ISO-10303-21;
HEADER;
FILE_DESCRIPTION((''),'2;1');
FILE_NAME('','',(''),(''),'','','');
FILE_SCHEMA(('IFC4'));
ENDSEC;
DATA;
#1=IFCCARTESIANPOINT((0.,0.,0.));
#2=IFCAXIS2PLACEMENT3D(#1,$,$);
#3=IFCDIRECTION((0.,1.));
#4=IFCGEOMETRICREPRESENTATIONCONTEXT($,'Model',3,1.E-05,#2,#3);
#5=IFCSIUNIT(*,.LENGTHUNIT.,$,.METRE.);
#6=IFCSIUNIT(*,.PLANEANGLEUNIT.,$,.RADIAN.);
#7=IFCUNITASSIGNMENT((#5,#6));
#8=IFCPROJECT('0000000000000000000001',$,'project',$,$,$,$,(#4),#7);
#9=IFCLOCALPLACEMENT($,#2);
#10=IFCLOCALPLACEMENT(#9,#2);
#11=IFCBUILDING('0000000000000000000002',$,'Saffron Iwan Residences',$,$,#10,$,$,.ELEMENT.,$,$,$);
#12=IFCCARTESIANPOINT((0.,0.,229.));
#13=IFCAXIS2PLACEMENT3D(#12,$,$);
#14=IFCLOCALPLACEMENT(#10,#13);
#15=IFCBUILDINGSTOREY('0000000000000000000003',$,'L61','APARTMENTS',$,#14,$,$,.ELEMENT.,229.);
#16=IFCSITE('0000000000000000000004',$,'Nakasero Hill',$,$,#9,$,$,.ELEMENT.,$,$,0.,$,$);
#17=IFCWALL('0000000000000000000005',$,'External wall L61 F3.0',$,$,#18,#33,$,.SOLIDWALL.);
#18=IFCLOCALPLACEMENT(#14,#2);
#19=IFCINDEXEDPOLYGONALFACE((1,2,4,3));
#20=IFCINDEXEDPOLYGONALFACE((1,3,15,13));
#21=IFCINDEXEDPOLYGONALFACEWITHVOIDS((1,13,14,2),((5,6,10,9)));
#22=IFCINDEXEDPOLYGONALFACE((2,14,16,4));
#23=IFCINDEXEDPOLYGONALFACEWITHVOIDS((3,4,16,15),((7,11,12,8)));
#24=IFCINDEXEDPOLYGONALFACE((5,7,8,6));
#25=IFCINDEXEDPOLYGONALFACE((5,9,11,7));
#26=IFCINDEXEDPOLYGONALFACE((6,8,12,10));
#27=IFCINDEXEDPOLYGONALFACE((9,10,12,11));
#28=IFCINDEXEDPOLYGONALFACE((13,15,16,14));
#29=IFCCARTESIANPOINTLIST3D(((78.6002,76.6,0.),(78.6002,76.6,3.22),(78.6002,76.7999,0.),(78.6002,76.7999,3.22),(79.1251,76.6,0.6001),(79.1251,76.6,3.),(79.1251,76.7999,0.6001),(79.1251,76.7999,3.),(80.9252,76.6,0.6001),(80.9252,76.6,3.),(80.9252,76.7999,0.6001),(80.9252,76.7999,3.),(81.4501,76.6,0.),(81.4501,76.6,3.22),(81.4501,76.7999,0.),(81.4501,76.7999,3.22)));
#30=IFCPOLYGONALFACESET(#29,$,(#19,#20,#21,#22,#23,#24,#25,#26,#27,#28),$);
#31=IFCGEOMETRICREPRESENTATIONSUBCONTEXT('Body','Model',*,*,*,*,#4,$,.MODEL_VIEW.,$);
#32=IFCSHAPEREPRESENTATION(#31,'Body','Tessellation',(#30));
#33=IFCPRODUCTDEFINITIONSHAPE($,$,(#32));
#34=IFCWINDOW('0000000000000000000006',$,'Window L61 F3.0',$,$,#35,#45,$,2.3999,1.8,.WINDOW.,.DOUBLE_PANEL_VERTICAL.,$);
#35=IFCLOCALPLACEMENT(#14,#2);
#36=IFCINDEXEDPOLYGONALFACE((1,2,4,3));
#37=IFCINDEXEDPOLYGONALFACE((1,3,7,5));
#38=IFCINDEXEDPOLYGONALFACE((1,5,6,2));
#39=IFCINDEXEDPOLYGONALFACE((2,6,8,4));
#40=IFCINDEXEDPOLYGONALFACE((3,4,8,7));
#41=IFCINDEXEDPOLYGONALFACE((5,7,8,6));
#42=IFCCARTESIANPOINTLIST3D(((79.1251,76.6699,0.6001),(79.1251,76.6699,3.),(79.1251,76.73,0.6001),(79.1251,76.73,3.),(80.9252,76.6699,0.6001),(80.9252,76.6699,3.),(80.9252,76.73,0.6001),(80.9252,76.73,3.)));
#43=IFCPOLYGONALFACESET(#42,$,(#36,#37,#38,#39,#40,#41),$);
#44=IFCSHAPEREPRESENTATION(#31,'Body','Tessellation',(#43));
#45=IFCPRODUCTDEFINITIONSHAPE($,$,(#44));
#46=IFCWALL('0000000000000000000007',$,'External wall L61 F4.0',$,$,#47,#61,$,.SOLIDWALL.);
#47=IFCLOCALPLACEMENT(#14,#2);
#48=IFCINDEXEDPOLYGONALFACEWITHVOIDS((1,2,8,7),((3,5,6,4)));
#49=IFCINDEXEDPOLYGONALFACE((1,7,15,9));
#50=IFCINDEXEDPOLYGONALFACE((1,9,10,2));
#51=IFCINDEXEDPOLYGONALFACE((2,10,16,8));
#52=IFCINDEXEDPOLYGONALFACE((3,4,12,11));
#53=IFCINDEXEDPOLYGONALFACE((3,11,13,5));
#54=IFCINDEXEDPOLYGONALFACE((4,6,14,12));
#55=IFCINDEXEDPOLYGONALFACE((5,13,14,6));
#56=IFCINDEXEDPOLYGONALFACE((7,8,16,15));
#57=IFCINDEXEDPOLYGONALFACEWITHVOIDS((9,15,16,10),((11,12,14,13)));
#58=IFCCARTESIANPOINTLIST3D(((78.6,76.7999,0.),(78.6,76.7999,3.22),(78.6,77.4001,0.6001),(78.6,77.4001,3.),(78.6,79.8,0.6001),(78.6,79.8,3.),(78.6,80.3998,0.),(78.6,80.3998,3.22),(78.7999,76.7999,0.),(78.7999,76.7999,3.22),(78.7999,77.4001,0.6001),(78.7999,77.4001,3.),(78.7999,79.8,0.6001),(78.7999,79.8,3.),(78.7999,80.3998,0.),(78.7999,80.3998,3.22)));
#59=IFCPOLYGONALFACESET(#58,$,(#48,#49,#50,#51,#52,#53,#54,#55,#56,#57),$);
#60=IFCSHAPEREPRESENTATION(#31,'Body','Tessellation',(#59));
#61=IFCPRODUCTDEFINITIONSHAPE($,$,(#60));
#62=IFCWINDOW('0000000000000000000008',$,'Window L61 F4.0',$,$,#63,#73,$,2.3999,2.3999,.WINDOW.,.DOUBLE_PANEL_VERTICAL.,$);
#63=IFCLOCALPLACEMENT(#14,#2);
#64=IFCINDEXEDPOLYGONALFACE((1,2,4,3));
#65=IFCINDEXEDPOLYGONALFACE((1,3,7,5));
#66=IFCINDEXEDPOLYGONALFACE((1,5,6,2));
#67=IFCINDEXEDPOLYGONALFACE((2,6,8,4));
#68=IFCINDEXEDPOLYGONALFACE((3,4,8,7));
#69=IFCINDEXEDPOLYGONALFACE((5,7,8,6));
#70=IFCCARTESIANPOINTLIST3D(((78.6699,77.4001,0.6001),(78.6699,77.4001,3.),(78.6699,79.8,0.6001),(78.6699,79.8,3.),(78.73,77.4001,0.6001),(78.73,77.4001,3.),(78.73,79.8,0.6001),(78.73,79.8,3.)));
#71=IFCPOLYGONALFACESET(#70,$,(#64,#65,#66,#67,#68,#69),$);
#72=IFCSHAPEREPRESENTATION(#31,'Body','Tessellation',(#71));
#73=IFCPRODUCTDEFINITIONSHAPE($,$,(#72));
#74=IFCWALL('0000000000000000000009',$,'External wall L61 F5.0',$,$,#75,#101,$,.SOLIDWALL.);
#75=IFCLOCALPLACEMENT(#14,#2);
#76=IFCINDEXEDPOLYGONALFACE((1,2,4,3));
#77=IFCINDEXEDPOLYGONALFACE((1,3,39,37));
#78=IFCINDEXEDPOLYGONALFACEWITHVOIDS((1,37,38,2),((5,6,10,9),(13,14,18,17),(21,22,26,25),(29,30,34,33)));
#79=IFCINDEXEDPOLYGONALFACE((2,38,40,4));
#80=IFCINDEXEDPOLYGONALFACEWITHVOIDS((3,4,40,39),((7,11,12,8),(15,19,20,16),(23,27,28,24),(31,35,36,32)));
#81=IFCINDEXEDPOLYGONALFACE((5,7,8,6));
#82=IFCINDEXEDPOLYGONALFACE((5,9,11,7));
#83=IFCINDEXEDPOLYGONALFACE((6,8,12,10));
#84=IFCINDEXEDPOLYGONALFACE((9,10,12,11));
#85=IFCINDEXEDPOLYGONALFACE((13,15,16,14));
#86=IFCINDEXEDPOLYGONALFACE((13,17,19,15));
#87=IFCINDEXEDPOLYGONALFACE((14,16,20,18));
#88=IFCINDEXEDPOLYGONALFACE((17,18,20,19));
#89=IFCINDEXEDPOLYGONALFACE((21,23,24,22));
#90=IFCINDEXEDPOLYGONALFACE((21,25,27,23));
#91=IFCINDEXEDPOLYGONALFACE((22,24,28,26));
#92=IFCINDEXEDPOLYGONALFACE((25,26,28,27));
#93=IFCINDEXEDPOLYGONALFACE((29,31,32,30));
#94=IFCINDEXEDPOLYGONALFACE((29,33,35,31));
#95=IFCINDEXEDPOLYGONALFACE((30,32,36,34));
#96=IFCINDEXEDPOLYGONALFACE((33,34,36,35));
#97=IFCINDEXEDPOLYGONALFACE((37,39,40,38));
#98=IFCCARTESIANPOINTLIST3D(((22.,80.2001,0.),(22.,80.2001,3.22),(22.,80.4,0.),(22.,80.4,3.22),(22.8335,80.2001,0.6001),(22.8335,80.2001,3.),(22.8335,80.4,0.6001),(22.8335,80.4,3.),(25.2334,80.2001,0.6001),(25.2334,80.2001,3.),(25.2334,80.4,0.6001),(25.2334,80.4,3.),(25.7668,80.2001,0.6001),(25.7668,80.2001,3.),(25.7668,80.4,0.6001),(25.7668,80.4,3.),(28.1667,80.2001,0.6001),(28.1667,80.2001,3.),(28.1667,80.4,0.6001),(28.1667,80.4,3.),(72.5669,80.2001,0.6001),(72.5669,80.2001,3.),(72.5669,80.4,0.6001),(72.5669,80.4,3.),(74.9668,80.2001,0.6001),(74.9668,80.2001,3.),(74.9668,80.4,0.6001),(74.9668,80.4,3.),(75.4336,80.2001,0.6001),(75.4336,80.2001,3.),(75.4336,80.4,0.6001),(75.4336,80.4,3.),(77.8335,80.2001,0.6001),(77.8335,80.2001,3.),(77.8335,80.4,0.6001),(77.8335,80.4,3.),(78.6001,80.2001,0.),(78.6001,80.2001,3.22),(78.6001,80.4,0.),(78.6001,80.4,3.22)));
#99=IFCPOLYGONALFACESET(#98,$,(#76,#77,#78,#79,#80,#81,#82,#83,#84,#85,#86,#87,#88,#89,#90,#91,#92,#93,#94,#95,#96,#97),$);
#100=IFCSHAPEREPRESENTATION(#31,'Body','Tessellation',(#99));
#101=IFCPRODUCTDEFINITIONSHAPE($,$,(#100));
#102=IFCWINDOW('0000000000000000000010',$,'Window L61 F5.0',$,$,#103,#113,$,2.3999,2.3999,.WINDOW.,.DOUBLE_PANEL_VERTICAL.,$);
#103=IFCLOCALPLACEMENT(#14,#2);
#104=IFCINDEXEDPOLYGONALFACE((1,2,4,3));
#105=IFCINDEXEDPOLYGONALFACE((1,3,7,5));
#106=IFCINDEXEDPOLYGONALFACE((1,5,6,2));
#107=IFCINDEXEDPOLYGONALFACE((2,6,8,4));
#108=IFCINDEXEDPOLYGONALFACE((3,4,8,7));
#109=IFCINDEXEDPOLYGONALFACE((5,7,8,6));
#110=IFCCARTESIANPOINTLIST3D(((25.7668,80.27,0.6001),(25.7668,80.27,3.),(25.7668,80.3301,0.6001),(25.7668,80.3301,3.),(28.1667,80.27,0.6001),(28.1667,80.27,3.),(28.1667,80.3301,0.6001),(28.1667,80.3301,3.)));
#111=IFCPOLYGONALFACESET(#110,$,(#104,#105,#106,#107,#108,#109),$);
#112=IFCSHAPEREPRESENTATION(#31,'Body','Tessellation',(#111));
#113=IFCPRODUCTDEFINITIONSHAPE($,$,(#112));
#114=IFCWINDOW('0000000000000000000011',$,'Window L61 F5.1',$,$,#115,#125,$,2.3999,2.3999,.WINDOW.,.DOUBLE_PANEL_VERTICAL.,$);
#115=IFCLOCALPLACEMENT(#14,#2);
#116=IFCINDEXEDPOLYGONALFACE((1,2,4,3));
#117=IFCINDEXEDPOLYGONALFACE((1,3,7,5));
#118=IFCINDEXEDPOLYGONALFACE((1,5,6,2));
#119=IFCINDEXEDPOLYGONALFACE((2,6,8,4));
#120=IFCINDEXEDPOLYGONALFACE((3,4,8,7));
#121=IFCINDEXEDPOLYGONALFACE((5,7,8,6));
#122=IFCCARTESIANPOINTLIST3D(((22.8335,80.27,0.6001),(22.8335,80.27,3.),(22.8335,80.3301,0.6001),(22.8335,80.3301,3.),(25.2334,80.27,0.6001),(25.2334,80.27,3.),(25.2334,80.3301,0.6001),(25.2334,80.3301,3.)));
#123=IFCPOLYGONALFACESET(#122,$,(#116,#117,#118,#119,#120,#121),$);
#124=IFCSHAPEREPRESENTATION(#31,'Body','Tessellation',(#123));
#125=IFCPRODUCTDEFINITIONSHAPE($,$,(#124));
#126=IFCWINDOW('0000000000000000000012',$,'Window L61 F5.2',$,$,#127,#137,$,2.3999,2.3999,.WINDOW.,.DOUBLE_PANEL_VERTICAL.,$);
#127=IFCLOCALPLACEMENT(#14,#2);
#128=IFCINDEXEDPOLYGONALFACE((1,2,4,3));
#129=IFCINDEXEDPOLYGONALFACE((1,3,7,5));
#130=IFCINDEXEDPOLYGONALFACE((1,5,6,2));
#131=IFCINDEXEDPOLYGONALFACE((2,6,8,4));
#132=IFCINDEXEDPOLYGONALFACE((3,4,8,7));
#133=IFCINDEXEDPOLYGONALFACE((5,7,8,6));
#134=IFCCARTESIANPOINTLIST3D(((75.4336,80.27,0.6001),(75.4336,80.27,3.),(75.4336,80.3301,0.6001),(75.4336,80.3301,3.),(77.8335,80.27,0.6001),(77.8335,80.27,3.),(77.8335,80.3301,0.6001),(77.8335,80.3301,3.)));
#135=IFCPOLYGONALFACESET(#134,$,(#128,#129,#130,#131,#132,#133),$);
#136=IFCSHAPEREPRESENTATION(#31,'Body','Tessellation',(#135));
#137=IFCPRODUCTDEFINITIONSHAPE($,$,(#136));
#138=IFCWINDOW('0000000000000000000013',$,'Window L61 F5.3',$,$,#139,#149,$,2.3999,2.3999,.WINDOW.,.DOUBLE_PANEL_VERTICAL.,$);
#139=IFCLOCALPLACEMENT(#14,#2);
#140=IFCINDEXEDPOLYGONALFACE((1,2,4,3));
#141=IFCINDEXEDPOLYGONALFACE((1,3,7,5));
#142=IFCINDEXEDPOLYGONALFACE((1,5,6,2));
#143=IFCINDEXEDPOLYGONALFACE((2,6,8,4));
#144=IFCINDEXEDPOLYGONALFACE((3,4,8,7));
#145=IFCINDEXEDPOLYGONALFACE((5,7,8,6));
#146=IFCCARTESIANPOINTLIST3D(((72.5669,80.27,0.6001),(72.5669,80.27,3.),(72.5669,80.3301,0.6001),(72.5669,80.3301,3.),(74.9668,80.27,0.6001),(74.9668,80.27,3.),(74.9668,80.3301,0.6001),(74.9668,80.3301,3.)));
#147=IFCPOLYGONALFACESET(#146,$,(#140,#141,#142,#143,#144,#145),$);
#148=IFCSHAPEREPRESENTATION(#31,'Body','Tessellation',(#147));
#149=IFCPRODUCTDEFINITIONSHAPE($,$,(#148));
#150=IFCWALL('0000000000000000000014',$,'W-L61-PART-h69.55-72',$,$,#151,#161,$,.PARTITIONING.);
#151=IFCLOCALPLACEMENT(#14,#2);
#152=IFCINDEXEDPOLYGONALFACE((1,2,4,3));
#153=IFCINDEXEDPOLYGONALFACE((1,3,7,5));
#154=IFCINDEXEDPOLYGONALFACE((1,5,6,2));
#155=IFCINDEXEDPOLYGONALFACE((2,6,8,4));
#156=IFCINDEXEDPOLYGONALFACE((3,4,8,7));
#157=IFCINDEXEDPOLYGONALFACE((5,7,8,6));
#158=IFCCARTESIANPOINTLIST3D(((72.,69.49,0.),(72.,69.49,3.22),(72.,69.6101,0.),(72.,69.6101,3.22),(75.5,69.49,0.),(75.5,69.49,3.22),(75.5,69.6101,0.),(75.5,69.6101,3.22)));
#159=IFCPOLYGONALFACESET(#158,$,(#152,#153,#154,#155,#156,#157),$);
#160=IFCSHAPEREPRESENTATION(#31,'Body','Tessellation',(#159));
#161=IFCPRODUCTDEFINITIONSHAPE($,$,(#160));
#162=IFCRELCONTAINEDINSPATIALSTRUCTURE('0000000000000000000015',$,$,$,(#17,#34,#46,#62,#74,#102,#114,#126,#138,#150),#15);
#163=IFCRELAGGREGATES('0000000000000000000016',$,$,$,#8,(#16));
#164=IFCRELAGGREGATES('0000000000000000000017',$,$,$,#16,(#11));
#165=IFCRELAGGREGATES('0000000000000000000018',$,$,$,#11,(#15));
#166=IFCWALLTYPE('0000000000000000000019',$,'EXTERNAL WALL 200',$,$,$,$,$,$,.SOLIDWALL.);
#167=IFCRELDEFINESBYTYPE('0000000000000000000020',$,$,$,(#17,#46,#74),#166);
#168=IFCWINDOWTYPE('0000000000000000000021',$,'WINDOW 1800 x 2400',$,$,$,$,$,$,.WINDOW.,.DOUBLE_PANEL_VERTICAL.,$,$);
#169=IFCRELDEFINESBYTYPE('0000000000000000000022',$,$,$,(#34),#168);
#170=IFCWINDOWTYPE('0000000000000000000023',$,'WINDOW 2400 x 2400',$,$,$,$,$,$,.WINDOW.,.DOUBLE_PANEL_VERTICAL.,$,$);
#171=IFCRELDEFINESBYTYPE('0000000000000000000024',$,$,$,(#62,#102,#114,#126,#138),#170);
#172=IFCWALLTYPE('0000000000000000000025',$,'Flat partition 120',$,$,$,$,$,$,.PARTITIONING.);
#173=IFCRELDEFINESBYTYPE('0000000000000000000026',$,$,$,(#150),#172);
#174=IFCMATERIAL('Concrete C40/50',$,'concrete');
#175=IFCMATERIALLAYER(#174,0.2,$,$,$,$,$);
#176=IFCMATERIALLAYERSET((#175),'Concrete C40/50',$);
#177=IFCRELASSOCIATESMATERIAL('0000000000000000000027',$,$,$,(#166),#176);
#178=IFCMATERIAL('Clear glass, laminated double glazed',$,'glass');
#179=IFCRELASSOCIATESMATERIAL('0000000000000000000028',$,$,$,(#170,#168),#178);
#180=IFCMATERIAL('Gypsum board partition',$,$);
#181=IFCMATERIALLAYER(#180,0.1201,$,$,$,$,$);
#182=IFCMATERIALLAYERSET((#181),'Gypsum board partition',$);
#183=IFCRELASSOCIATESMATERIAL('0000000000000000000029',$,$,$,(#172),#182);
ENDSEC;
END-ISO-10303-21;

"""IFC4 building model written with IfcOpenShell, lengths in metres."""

from ifc_helpers import new_model, si_unit, direction, frame, frame_2d, origin, place, context, subcontext, project, spatial, rectangle, extrude, material, layer, layer_set, type_object, element, fill, save


model = new_model("IFC4")

# Units and contexts
model_context = context("Model", 3, precision=1e-05, world=origin(), true_north=direction((0.0, 1.0)))
body_context = subcontext(model_context, "Body", "Model", "MODEL_VIEW")
ifc_project = project(units=[si_unit("LENGTHUNIT", "METRE"), si_unit("PLANEANGLEUNIT", "RADIAN")], contexts=[model_context])

# Site, building, storey
site_placement = place(None, origin())
site = spatial("IfcSite", under=ifc_project, at=site_placement, Name="Nakasero Hill", CompositionType="ELEMENT", RefElevation=0.0)
building_placement = place(site_placement, origin())
building = spatial("IfcBuilding", under=site, at=building_placement, Name="Saffron Iwan Residences", CompositionType="ELEMENT")
storey_placement = place(building_placement, frame((0.0, 0.0, 229.0)))
storey = spatial("IfcBuildingStorey", under=building, at=storey_placement, Name="L61", Description="APARTMENTS", CompositionType="ELEMENT", Elevation=229.0)

# Shared definitions
ifc_material_1 = material(Name="Concrete C40/50", Category="concrete")

# Shared definitions
ifc_layer_1 = layer(ifc_material_1, 0.2)
ifc_layer_set_1 = layer_set([ifc_layer_1], Name="Concrete C40/50")
wall_type_1 = type_object("IfcWallType", Name="EXTERNAL WALL 200", PredefinedType="SOLIDWALL", material=ifc_layer_set_1)
ifc_material_2 = material(Name="Clear glass, laminated double glazed", Category="glass")
window_type_1 = type_object("IfcWindowType", Name="WINDOW 2400 x 2400", PartitioningType="DOUBLE_PANEL_VERTICAL", PredefinedType="WINDOW", material=ifc_material_2)

# Walls, openings, windows
wall_1_placement = place(storey_placement, frame((81.45, 76.7, 0.0), z_axis=(0.0, 0.0, 1.0), x_axis=(-1.0, 0.0, 0.0)))
wall_1 = element("IfcWall", 1, at=wall_1_placement, inside=storey, type_object=wall_type_1, Name="External wall L61 F3.0", PredefinedType="SOLIDWALL", context=body_context, shape_type="SweptSolid", body=[
    extrude(rectangle(XDim=2.8499, YDim=0.2, at=frame_2d((1.4248, 0.0))), origin(), (0.0, 0.0, 1.0), 3.22),
])
opening_1_placement = place(wall_1_placement, frame((0.5249, 0.0, 0.6001)))
opening_1 = element("IfcOpeningElement", 2, at=opening_1_placement, cuts=wall_1, PredefinedType="OPENING", context=body_context, shape_type="SweptSolid", body=[
    extrude(rectangle(XDim=1.8, YDim=2.3999, at=frame_2d((0.8999, 1.2))), frame((0.0, 0.1099, 0.0), z_axis=(0.0, -1.0, 0.0), x_axis=(1.0, 0.0, 0.0)), (0.0, 0.0, 1.0), 0.22),
])
window_type_2 = type_object("IfcWindowType", Name="WINDOW 1800 x 2400", PartitioningType="DOUBLE_PANEL_VERTICAL", PredefinedType="WINDOW", material=ifc_material_2)
window_1_placement = place(opening_1_placement, origin())
window_1 = element("IfcWindow", 3, at=window_1_placement, inside=storey, type_object=window_type_2, Name="Window L61 F3.0", OverallHeight=2.3999, OverallWidth=1.8, PartitioningType="DOUBLE_PANEL_VERTICAL", PredefinedType="WINDOW", context=body_context, shape_type="SweptSolid", body=[
    extrude(rectangle(XDim=1.8, YDim=2.3999, at=frame_2d((0.8999, 1.2))), frame((0.0, 0.03, 0.0), z_axis=(0.0, -1.0, 0.0), x_axis=(1.0, 0.0, 0.0)), (0.0, 0.0, 1.0), 0.0601),
])
fill(opening_1, window_1)
wall_2_placement = place(storey_placement, frame((78.7, 76.8, 0.0), z_axis=(0.0, 0.0, 1.0), x_axis=(0.0, 1.0, 0.0)))
wall_2 = element("IfcWall", 4, at=wall_2_placement, inside=storey, type_object=wall_type_1, Name="External wall L61 F4.0", PredefinedType="SOLIDWALL", context=body_context, shape_type="SweptSolid", body=[
    extrude(rectangle(XDim=3.5999, YDim=0.2, at=frame_2d((1.7998, 0.0))), origin(), (0.0, 0.0, 1.0), 3.22),
])
opening_2_placement = place(wall_2_placement, frame((0.6001, 0.0, 0.6001)))
opening_2 = element("IfcOpeningElement", 5, at=opening_2_placement, cuts=wall_2, PredefinedType="OPENING", context=body_context, shape_type="SweptSolid", body=[
    extrude(rectangle(XDim=2.3999, YDim=2.3999, at=frame_2d((1.2, 1.2))), frame((0.0, 0.1099, 0.0), z_axis=(0.0, -1.0, 0.0), x_axis=(1.0, 0.0, 0.0)), (0.0, 0.0, 1.0), 0.22),
])
window_2_placement = place(opening_2_placement, origin())
window_2 = element("IfcWindow", 6, at=window_2_placement, inside=storey, type_object=window_type_1, Name="Window L61 F4.0", OverallHeight=2.3999, OverallWidth=2.3999, PartitioningType="DOUBLE_PANEL_VERTICAL", PredefinedType="WINDOW", context=body_context, shape_type="SweptSolid", body=[
    extrude(rectangle(XDim=2.3999, YDim=2.3999, at=frame_2d((1.2, 1.2))), frame((0.0, 0.03, 0.0), z_axis=(0.0, -1.0, 0.0), x_axis=(1.0, 0.0, 0.0)), (0.0, 0.0, 1.0), 0.0601),
])
fill(opening_2, window_2)

# Wall, openings, windows
wall_3_placement = place(storey_placement, frame((78.6001, 80.3, 0.0), z_axis=(0.0, 0.0, 1.0), x_axis=(-1.0, 0.0, 0.0)))
wall_3 = element("IfcWall", 7, at=wall_3_placement, inside=storey, type_object=wall_type_1, Name="External wall L61 F5.0", PredefinedType="SOLIDWALL", context=body_context, shape_type="SweptSolid", body=[
    extrude(rectangle(XDim=56.6001, YDim=0.2, at=frame_2d((28.3, 0.0))), origin(), (0.0, 0.0, 1.0), 3.22),
])
opening_3_placement = place(wall_3_placement, frame((50.4333, 0.0, 0.6001)))
opening_3 = element("IfcOpeningElement", 8, at=opening_3_placement, cuts=wall_3, PredefinedType="OPENING", context=body_context, shape_type="SweptSolid", body=[
    extrude(rectangle(XDim=2.3999, YDim=2.3999, at=frame_2d((1.2, 1.2))), frame((0.0, 0.1099, 0.0), z_axis=(0.0, -1.0, 0.0), x_axis=(1.0, 0.0, 0.0)), (0.0, 0.0, 1.0), 0.22),
])
opening_4_placement = place(wall_3_placement, frame((53.3667, 0.0, 0.6001)))
opening_4 = element("IfcOpeningElement", 9, at=opening_4_placement, cuts=wall_3, PredefinedType="OPENING", context=body_context, shape_type="SweptSolid", body=[
    extrude(rectangle(XDim=2.3999, YDim=2.3999, at=frame_2d((1.2, 1.2))), frame((0.0, 0.1099, 0.0), z_axis=(0.0, -1.0, 0.0), x_axis=(1.0, 0.0, 0.0)), (0.0, 0.0, 1.0), 0.22),
])
opening_5_placement = place(wall_3_placement, frame((0.7666, 0.0, 0.6001)))
opening_5 = element("IfcOpeningElement", 10, at=opening_5_placement, cuts=wall_3, PredefinedType="OPENING", context=body_context, shape_type="SweptSolid", body=[
    extrude(rectangle(XDim=2.3999, YDim=2.3999, at=frame_2d((1.2, 1.2))), frame((0.0, 0.1099, 0.0), z_axis=(0.0, -1.0, 0.0), x_axis=(1.0, 0.0, 0.0)), (0.0, 0.0, 1.0), 0.22),
])
opening_6_placement = place(wall_3_placement, frame((3.6333, 0.0, 0.6001)))
opening_6 = element("IfcOpeningElement", 11, at=opening_6_placement, cuts=wall_3, PredefinedType="OPENING", context=body_context, shape_type="SweptSolid", body=[
    extrude(rectangle(XDim=2.3999, YDim=2.3999, at=frame_2d((1.2, 1.2))), frame((0.0, 0.1099, 0.0), z_axis=(0.0, -1.0, 0.0), x_axis=(1.0, 0.0, 0.0)), (0.0, 0.0, 1.0), 0.22),
])
window_3_placement = place(opening_3_placement, origin())
window_3 = element("IfcWindow", 12, at=window_3_placement, inside=storey, type_object=window_type_1, Name="Window L61 F5.0", OverallHeight=2.3999, OverallWidth=2.3999, PartitioningType="DOUBLE_PANEL_VERTICAL", PredefinedType="WINDOW", context=body_context, shape_type="SweptSolid", body=[
    extrude(rectangle(XDim=2.3999, YDim=2.3999, at=frame_2d((1.2, 1.2))), frame((0.0, 0.03, 0.0), z_axis=(0.0, -1.0, 0.0), x_axis=(1.0, 0.0, 0.0)), (0.0, 0.0, 1.0), 0.0601),
])
fill(opening_3, window_3)
window_4_placement = place(opening_4_placement, origin())
window_4 = element("IfcWindow", 13, at=window_4_placement, inside=storey, type_object=window_type_1, Name="Window L61 F5.1", OverallHeight=2.3999, OverallWidth=2.3999, PartitioningType="DOUBLE_PANEL_VERTICAL", PredefinedType="WINDOW", context=body_context, shape_type="SweptSolid", body=[
    extrude(rectangle(XDim=2.3999, YDim=2.3999, at=frame_2d((1.2, 1.2))), frame((0.0, 0.03, 0.0), z_axis=(0.0, -1.0, 0.0), x_axis=(1.0, 0.0, 0.0)), (0.0, 0.0, 1.0), 0.0601),
])
fill(opening_4, window_4)
window_5_placement = place(opening_5_placement, origin())
window_5 = element("IfcWindow", 14, at=window_5_placement, inside=storey, type_object=window_type_1, Name="Window L61 F5.2", OverallHeight=2.3999, OverallWidth=2.3999, PartitioningType="DOUBLE_PANEL_VERTICAL", PredefinedType="WINDOW", context=body_context, shape_type="SweptSolid", body=[
    extrude(rectangle(XDim=2.3999, YDim=2.3999, at=frame_2d((1.2, 1.2))), frame((0.0, 0.03, 0.0), z_axis=(0.0, -1.0, 0.0), x_axis=(1.0, 0.0, 0.0)), (0.0, 0.0, 1.0), 0.0601),
])
fill(opening_5, window_5)
window_6_placement = place(opening_6_placement, origin())
window_6 = element("IfcWindow", 15, at=window_6_placement, inside=storey, type_object=window_type_1, Name="Window L61 F5.3", OverallHeight=2.3999, OverallWidth=2.3999, PartitioningType="DOUBLE_PANEL_VERTICAL", PredefinedType="WINDOW", context=body_context, shape_type="SweptSolid", body=[
    extrude(rectangle(XDim=2.3999, YDim=2.3999, at=frame_2d((1.2, 1.2))), frame((0.0, 0.03, 0.0), z_axis=(0.0, -1.0, 0.0), x_axis=(1.0, 0.0, 0.0)), (0.0, 0.0, 1.0), 0.0601),
])
fill(opening_6, window_6)

# Wall
ifc_material_3 = material(Name="Gypsum board partition")
ifc_layer_2 = layer(ifc_material_3, 0.1201)
ifc_layer_set_2 = layer_set([ifc_layer_2], Name="Gypsum board partition")
wall_type_2 = type_object("IfcWallType", Name="Flat partition 120", PredefinedType="PARTITIONING", material=ifc_layer_set_2)
wall_4_placement = place(storey_placement, frame((72.0, 69.55, 0.0), z_axis=(0.0, 0.0, 1.0), x_axis=(1.0, 0.0, 0.0)))
element("IfcWall", 16, at=wall_4_placement, inside=storey, type_object=wall_type_2, Name="W-L61-PART-h69.55-72", PredefinedType="PARTITIONING", context=body_context, shape_type="SweptSolid", body=[
    extrude(rectangle(XDim=3.5, YDim=0.1201, at=frame_2d((1.75, 0.0))), origin(), (0.0, 0.0, 1.0), 3.22),
])

save(model, "model.ifc")
